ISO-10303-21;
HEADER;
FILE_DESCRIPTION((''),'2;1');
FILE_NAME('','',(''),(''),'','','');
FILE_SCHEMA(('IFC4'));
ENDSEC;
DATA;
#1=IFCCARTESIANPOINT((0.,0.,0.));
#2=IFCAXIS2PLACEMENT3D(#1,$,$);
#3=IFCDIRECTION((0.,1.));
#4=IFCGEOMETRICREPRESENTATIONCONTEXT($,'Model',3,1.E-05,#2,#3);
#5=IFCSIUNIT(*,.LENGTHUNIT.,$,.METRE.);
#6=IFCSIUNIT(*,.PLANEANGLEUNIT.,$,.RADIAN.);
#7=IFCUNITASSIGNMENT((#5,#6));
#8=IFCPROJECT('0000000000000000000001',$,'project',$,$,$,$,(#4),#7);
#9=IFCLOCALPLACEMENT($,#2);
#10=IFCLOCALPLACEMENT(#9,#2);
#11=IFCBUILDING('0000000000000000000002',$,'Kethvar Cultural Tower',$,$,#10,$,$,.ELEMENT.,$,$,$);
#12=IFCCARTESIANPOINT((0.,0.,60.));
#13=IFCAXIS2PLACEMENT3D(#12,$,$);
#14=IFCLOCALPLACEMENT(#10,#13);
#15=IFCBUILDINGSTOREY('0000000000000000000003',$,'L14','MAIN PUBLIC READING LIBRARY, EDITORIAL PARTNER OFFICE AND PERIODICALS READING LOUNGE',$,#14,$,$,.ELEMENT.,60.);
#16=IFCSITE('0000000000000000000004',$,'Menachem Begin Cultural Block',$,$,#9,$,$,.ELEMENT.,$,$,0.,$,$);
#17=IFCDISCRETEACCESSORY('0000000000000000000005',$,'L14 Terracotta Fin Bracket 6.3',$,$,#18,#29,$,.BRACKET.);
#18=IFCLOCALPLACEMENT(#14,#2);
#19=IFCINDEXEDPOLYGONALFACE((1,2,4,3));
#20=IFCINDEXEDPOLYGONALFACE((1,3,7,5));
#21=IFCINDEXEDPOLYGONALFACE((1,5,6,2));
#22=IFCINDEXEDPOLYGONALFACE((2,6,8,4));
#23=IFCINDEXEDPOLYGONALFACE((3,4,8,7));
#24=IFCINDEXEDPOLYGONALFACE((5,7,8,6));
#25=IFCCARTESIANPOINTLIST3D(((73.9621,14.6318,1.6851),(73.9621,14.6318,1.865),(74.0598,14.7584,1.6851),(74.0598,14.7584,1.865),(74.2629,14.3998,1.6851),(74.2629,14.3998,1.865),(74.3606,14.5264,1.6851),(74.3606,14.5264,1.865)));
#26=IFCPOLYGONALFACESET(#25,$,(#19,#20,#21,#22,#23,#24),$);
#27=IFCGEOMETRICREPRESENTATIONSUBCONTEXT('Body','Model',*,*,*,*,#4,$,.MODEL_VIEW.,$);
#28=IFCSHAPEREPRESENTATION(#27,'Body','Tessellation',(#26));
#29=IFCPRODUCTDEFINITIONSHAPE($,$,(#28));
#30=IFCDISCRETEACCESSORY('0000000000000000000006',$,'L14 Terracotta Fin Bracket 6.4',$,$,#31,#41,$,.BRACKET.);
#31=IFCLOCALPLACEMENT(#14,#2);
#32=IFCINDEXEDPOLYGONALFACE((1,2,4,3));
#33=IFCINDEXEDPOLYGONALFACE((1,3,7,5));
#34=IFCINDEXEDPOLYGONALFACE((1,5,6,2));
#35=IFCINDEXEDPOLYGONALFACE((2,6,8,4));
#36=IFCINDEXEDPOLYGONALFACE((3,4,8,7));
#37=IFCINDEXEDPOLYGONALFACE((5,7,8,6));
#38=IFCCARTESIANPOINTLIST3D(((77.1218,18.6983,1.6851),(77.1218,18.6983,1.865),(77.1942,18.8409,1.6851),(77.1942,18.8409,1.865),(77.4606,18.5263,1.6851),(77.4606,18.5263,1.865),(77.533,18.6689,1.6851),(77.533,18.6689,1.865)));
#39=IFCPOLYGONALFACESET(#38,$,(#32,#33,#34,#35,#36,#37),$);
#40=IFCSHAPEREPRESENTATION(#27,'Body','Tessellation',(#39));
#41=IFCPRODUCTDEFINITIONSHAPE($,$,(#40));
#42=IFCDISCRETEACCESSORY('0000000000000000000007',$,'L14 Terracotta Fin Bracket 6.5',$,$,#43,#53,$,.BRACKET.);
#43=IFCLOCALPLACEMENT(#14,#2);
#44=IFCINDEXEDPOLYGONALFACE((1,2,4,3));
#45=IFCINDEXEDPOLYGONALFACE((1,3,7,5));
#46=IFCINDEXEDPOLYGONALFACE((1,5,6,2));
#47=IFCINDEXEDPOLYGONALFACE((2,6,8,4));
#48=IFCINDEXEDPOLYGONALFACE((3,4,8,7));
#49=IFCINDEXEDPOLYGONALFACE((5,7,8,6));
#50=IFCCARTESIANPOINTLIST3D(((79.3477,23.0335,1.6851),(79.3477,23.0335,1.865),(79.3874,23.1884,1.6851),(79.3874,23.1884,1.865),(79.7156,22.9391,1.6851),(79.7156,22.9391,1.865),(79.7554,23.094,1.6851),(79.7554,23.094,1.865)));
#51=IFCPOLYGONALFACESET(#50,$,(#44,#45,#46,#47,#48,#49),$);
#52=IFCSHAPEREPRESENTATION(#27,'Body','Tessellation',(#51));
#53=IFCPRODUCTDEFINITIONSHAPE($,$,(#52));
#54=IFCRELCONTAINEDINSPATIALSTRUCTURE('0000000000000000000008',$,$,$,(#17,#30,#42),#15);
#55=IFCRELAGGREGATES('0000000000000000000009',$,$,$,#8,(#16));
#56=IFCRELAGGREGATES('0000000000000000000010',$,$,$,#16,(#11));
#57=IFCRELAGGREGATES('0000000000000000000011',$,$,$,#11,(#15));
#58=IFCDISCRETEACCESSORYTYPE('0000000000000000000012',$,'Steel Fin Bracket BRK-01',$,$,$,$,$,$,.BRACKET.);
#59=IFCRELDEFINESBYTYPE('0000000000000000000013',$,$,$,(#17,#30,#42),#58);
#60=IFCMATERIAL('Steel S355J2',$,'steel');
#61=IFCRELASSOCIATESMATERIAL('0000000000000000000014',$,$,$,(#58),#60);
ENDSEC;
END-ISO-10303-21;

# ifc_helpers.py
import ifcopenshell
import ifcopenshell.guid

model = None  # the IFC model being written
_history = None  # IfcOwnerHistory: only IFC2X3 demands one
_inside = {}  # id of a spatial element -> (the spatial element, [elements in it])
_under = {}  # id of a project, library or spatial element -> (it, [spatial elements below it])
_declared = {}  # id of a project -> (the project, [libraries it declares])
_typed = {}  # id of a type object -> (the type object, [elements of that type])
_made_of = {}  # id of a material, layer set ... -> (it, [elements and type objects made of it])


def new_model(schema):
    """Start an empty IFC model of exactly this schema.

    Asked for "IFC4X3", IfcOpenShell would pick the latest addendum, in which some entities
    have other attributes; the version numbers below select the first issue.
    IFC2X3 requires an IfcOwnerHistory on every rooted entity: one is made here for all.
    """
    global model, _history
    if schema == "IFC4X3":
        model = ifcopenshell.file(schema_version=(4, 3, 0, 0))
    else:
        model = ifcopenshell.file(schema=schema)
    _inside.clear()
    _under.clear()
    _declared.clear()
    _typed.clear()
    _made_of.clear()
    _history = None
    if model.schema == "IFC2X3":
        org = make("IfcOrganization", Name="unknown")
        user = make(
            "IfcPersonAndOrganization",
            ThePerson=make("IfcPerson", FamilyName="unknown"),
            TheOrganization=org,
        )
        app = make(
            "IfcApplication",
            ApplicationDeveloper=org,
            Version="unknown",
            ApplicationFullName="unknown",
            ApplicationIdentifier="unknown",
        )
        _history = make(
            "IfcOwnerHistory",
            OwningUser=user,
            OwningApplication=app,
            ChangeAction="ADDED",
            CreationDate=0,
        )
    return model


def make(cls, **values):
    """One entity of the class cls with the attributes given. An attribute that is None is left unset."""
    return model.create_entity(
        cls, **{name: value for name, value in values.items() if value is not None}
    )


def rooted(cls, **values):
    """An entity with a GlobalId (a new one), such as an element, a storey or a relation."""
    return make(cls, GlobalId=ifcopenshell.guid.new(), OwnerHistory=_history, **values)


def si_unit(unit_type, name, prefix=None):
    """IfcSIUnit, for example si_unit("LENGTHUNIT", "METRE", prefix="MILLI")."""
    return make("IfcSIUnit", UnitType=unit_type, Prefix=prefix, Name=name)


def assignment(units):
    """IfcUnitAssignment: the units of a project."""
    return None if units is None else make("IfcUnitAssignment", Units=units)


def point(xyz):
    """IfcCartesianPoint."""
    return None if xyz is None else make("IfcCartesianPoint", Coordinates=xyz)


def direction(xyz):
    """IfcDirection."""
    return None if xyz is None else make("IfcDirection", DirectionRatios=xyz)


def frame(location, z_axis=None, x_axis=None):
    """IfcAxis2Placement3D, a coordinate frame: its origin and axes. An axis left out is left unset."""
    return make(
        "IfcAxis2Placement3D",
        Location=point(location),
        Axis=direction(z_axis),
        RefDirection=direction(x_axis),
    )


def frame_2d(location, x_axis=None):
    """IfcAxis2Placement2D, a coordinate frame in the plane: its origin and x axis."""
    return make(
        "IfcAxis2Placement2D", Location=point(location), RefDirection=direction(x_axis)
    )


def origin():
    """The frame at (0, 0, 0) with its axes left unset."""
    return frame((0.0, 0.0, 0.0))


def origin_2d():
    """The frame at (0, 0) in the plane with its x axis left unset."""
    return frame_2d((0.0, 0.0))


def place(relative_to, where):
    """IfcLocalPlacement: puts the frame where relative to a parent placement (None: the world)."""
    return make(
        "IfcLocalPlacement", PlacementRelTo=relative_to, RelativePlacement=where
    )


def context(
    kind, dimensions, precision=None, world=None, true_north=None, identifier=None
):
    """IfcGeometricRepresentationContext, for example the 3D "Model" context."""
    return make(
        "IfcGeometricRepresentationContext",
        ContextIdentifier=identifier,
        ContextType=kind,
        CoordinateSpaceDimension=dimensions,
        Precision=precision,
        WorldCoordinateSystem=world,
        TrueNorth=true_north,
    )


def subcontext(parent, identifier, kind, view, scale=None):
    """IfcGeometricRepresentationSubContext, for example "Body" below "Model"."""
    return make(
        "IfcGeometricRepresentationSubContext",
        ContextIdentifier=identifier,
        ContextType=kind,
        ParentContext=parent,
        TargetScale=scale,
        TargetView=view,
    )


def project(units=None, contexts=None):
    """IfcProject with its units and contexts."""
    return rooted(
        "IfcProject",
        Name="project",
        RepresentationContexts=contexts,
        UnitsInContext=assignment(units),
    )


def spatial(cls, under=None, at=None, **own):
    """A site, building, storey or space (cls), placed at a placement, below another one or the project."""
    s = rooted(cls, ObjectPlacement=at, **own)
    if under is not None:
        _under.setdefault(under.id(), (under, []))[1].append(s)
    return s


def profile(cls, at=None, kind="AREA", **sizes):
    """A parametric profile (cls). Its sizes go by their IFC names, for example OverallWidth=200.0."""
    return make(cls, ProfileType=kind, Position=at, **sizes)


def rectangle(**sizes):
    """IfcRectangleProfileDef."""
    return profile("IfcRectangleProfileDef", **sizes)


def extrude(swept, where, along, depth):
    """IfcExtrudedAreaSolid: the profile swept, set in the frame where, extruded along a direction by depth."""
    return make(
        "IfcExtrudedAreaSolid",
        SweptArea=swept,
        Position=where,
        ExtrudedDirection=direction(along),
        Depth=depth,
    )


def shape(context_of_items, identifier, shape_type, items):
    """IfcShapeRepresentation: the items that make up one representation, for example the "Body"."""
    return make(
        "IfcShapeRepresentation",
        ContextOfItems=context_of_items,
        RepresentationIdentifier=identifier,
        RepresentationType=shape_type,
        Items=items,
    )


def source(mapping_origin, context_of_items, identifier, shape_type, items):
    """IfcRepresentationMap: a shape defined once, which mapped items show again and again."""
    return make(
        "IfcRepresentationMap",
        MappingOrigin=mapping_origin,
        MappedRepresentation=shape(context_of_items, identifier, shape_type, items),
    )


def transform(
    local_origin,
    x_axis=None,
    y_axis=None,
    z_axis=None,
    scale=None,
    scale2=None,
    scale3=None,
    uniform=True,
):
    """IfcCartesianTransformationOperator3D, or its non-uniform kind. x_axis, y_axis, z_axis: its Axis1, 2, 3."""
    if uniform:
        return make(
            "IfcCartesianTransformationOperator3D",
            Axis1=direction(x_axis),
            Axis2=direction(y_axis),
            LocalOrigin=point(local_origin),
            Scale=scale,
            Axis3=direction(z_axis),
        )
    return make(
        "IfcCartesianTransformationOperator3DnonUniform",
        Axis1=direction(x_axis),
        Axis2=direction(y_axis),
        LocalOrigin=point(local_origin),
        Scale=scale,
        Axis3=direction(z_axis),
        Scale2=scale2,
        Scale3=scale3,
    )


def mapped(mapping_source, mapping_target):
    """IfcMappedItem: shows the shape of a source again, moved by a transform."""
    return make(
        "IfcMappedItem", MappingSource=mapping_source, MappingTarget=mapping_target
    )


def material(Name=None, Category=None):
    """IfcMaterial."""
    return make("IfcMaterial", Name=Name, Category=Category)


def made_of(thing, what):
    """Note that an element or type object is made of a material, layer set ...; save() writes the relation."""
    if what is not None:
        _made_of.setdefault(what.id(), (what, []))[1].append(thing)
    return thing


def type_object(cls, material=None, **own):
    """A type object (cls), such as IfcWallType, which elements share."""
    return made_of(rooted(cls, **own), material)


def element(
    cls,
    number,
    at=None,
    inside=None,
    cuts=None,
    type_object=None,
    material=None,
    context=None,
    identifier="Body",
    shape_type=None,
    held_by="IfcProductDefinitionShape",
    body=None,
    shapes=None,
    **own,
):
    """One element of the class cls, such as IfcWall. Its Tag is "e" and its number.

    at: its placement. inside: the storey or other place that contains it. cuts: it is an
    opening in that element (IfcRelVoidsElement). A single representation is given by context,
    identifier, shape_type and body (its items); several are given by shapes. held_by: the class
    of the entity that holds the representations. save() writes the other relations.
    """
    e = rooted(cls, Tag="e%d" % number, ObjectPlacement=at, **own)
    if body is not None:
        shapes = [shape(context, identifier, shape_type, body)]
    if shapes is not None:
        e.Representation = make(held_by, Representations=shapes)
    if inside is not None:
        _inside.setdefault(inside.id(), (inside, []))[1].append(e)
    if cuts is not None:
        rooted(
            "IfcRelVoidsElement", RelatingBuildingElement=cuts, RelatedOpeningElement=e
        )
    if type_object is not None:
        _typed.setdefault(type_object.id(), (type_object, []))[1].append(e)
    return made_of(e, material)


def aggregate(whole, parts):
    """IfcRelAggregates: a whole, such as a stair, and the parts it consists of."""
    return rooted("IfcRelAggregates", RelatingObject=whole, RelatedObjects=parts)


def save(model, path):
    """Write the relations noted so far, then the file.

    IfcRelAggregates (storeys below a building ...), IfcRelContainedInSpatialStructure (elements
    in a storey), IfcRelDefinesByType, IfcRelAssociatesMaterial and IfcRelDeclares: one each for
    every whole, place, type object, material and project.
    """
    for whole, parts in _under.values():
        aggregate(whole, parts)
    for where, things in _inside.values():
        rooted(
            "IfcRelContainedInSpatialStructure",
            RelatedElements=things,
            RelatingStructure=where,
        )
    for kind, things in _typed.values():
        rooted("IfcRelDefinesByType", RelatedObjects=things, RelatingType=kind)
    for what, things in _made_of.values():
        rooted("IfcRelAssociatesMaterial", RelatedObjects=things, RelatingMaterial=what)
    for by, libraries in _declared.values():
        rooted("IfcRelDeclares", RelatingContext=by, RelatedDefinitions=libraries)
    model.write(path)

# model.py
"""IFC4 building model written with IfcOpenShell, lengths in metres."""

from ifc_helpers import new_model, si_unit, direction, frame, origin, origin_2d, place, context, subcontext, project, spatial, rectangle, extrude, source, transform, mapped, material, type_object, element, save


model = new_model("IFC4")

# Units and contexts
model_context = context("Model", 3, precision=1e-05, world=origin(), true_north=direction((0.0, 1.0)))
body_context = subcontext(model_context, "Body", "Model", "MODEL_VIEW")
ifc_project = project(units=[si_unit("LENGTHUNIT", "METRE"), si_unit("PLANEANGLEUNIT", "RADIAN")], contexts=[model_context])

# Site, building, storey
site_placement = place(None, origin())
site = spatial("IfcSite", under=ifc_project, at=site_placement, Name="Menachem Begin Cultural Block", CompositionType="ELEMENT", RefElevation=0.0)
building_placement = place(site_placement, origin())
building = spatial("IfcBuilding", under=site, at=building_placement, Name="Kethvar Cultural Tower", CompositionType="ELEMENT")
storey_placement = place(building_placement, frame((0.0, 0.0, 60.0)))
storey = spatial("IfcBuildingStorey", under=building, at=storey_placement, Name="L14", Description="MAIN PUBLIC READING LIBRARY, EDITORIAL PARTNER OFFICE AND PERIODICALS READING LOUNGE", CompositionType="ELEMENT", Elevation=60.0)

# Shared definitions
ifc_material_1 = material(Name="Steel S355J2", Category="steel")

# Discrete accessories
discrete_accessory_type = type_object("IfcDiscreteAccessoryType", Name="Steel Fin Bracket BRK-01", PredefinedType="BRACKET", material=ifc_material_1)
shared_shape_1 = source(origin(), body_context, "Body", "SweptSolid", [
    extrude(rectangle(XDim=0.3799, YDim=0.1599, at=origin_2d()), origin(), (0.0, 0.0, 1.0), 0.1799),
])
for number, where, z_axis, x_axis, name in (
    (1, (74.1614, 14.5791, 1.6851), (0.0, 0.0, 1.0), (0.791757, -0.610836, 0.0), "L14 Terracotta Fin Bracket 6.3"),
    (2, (77.3274, 18.6836, 1.6851), (0.0, 0.0, 1.0), (0.89164, -0.452746, 0.0), "L14 Terracotta Fin Bracket 6.4"),
    (3, (79.5515, 23.0637, 1.6851), (0.0, 0.0, 1.0), (0.968627, -0.248521, 0.0), "L14 Terracotta Fin Bracket 6.5"),
):
    element("IfcDiscreteAccessory", number, at=place(storey_placement, frame(where, z_axis=z_axis, x_axis=x_axis)), inside=storey, type_object=discrete_accessory_type, Name=name, PredefinedType="BRACKET", context=body_context, shape_type="MappedRepresentation", body=[
        mapped(shared_shape_1, transform((0.0, 0.0, 0.0), scale=1.0)),
    ])

save(model, "model.ifc")
